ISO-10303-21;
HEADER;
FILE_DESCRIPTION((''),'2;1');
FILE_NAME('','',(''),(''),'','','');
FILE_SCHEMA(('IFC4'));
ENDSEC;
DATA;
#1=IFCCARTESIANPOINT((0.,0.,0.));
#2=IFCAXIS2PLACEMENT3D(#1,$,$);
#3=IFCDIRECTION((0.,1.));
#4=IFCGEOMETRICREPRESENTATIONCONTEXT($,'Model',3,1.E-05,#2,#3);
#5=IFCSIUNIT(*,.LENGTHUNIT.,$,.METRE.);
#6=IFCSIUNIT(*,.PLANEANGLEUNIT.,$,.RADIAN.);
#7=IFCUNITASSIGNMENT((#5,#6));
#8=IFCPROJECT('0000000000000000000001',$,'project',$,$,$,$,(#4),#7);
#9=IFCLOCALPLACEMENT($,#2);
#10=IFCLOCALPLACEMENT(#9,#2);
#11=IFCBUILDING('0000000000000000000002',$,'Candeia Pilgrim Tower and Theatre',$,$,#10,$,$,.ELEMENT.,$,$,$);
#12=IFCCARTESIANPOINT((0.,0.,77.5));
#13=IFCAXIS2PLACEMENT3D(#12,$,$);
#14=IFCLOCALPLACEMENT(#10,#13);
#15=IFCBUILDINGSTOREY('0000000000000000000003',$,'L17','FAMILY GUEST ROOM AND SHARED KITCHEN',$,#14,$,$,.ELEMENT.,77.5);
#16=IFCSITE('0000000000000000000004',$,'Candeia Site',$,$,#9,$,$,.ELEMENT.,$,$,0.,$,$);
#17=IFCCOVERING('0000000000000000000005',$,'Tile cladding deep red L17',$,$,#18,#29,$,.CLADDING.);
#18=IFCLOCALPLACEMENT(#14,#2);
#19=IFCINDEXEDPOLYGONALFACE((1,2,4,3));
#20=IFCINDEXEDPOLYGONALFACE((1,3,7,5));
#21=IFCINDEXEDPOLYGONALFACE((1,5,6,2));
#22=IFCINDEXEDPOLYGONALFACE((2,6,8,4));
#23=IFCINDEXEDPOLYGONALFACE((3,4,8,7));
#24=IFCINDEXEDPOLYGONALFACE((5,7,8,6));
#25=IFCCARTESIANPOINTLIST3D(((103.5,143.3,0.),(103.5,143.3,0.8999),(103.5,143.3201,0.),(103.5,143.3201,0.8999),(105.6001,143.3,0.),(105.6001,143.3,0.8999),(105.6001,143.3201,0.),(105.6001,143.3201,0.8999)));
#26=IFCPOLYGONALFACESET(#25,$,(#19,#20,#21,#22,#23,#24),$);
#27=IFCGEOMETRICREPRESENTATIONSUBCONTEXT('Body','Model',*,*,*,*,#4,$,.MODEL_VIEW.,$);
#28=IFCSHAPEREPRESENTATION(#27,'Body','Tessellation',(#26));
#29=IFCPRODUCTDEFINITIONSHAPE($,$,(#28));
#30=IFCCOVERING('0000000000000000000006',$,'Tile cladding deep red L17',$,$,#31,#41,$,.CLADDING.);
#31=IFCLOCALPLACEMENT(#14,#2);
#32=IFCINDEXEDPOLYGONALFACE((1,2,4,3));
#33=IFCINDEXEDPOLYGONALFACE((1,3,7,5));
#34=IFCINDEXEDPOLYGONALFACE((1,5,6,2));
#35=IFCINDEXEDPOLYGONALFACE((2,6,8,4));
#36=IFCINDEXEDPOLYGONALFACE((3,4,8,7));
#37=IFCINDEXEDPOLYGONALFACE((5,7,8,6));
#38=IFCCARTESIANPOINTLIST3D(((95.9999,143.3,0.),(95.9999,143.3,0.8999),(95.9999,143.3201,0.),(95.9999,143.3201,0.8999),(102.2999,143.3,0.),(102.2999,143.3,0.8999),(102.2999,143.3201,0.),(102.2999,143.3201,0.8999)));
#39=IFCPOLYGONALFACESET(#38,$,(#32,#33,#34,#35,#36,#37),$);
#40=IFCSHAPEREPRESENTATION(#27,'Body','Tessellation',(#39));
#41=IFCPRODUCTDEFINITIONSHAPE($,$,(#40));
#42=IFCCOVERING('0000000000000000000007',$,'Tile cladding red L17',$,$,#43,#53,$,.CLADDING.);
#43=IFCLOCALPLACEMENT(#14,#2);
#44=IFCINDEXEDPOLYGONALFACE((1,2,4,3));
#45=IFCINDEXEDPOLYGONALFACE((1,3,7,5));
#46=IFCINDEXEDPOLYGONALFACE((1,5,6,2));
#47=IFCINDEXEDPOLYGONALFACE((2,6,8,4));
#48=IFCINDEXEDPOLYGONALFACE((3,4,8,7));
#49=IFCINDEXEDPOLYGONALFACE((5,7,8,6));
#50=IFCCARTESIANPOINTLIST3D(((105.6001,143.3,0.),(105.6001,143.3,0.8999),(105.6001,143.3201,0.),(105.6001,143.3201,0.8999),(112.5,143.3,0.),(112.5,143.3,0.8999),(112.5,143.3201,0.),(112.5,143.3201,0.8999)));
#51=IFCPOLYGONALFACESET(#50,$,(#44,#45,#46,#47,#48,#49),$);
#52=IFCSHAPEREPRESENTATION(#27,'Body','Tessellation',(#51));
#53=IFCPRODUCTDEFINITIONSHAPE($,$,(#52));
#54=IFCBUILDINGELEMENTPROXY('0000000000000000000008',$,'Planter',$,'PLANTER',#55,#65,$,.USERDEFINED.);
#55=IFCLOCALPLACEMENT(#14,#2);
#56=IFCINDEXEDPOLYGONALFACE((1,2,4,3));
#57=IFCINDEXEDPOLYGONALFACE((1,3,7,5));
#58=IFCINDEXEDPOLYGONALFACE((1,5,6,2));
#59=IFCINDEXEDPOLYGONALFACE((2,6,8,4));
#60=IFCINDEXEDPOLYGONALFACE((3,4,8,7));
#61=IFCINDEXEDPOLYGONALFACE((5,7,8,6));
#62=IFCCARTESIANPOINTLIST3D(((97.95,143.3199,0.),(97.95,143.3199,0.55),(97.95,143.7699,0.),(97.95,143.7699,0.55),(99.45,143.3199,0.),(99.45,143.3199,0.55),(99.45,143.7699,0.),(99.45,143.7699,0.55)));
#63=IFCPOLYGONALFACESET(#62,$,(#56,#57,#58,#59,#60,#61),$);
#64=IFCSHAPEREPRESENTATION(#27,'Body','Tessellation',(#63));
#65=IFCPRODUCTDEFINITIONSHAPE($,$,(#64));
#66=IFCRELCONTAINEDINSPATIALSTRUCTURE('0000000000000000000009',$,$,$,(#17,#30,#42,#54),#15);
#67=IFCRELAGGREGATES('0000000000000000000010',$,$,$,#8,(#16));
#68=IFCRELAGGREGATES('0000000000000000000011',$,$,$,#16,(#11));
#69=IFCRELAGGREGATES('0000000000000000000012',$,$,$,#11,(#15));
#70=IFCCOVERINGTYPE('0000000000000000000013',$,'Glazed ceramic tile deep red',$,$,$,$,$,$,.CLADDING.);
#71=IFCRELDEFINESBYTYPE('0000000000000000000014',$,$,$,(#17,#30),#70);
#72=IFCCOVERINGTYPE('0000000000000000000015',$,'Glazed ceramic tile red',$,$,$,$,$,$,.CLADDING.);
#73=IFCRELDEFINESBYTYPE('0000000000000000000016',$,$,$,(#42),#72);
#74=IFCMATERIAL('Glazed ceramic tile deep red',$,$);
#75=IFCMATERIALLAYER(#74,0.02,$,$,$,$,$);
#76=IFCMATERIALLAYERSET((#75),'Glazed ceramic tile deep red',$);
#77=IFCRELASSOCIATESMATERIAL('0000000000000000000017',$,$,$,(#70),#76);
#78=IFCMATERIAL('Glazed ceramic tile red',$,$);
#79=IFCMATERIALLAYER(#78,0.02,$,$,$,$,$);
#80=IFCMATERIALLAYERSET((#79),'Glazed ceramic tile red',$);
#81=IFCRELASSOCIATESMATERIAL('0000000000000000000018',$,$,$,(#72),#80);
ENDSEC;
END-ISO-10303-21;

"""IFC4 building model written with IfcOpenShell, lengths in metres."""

from ifc_helpers import new_model, si_unit, direction, frame, origin, origin_2d, place, context, subcontext, project, spatial, rectangle, extrude, material, layer, layer_set, type_object, element, save


model = new_model("IFC4")

# Units and contexts
model_context = context("Model", 3, precision=1e-05, world=origin(), true_north=direction((0.0, 1.0)))
body_context = subcontext(model_context, "Body", "Model", "MODEL_VIEW")
ifc_project = project(units=[si_unit("LENGTHUNIT", "METRE"), si_unit("PLANEANGLEUNIT", "RADIAN")], contexts=[model_context])

# Site, building, storey
site_placement = place(None, origin())
site = spatial("IfcSite", under=ifc_project, at=site_placement, Name="Candeia Site", CompositionType="ELEMENT", RefElevation=0.0)
building_placement = place(site_placement, origin())
building = spatial("IfcBuilding", under=site, at=building_placement, Name="Candeia Pilgrim Tower and Theatre", CompositionType="ELEMENT")
storey_placement = place(building_placement, frame((0.0, 0.0, 77.5)))
storey = spatial("IfcBuildingStorey", under=building, at=storey_placement, Name="L17", Description="FAMILY GUEST ROOM AND SHARED KITCHEN", CompositionType="ELEMENT", Elevation=77.5)

# Coverings
ifc_material_1 = material(Name="Glazed ceramic tile deep red")
ifc_layer_1 = layer(ifc_material_1, 0.02)
ifc_layer_set_1 = layer_set([ifc_layer_1], Name="Glazed ceramic tile deep red")
covering_type_1 = type_object("IfcCoveringType", Name="Glazed ceramic tile deep red", PredefinedType="CLADDING", material=ifc_layer_set_1)
covering_1_placement = place(storey_placement, frame((104.55, 143.3101, 0.0), z_axis=(0.0, 0.0, 1.0), x_axis=(-1.0, 0.0, 0.0)))
element("IfcCovering", 1, at=covering_1_placement, inside=storey, type_object=covering_type_1, Name="Tile cladding deep red L17", PredefinedType="CLADDING", context=body_context, shape_type="SweptSolid", body=[
    extrude(rectangle(XDim=2.1001, YDim=0.02, at=origin_2d()), origin(), (0.0, 0.0, 1.0), 0.8999),
])
covering_2_placement = place(storey_placement, frame((99.1499, 143.3101, 0.0), z_axis=(0.0, 0.0, 1.0), x_axis=(-1.0, 0.0, 0.0)))
element("IfcCovering", 2, at=covering_2_placement, inside=storey, type_object=covering_type_1, Name="Tile cladding deep red L17", PredefinedType="CLADDING", context=body_context, shape_type="SweptSolid", body=[
    extrude(rectangle(XDim=6.3, YDim=0.02, at=origin_2d()), origin(), (0.0, 0.0, 1.0), 0.8999),
])
ifc_material_2 = material(Name="Glazed ceramic tile red")
ifc_layer_2 = layer(ifc_material_2, 0.02)
ifc_layer_set_2 = layer_set([ifc_layer_2], Name="Glazed ceramic tile red")
covering_type_2 = type_object("IfcCoveringType", Name="Glazed ceramic tile red", PredefinedType="CLADDING", material=ifc_layer_set_2)
covering_3_placement = place(storey_placement, frame((109.05, 143.3101, 0.0), z_axis=(0.0, 0.0, 1.0), x_axis=(-1.0, 0.0, 0.0)))
element("IfcCovering", 3, at=covering_3_placement, inside=storey, type_object=covering_type_2, Name="Tile cladding red L17", PredefinedType="CLADDING", context=body_context, shape_type="SweptSolid", body=[
    extrude(rectangle(XDim=6.8999, YDim=0.02, at=origin_2d()), origin(), (0.0, 0.0, 1.0), 0.8999),
])

# Building element proxy
proxy_placement = place(storey_placement, frame((98.7, 143.5449, 0.0), z_axis=(0.0, 0.0, 1.0), x_axis=(-1.0, 0.0, 0.0)))
element("IfcBuildingElementProxy", 4, at=proxy_placement, inside=storey, Name="Planter", ObjectType="PLANTER", PredefinedType="USERDEFINED", context=body_context, shape_type="SweptSolid", body=[
    extrude(rectangle(XDim=1.5, YDim=0.45, at=origin_2d()), origin(), (0.0, 0.0, 1.0), 0.55),
])

save(model, "model.ifc")
